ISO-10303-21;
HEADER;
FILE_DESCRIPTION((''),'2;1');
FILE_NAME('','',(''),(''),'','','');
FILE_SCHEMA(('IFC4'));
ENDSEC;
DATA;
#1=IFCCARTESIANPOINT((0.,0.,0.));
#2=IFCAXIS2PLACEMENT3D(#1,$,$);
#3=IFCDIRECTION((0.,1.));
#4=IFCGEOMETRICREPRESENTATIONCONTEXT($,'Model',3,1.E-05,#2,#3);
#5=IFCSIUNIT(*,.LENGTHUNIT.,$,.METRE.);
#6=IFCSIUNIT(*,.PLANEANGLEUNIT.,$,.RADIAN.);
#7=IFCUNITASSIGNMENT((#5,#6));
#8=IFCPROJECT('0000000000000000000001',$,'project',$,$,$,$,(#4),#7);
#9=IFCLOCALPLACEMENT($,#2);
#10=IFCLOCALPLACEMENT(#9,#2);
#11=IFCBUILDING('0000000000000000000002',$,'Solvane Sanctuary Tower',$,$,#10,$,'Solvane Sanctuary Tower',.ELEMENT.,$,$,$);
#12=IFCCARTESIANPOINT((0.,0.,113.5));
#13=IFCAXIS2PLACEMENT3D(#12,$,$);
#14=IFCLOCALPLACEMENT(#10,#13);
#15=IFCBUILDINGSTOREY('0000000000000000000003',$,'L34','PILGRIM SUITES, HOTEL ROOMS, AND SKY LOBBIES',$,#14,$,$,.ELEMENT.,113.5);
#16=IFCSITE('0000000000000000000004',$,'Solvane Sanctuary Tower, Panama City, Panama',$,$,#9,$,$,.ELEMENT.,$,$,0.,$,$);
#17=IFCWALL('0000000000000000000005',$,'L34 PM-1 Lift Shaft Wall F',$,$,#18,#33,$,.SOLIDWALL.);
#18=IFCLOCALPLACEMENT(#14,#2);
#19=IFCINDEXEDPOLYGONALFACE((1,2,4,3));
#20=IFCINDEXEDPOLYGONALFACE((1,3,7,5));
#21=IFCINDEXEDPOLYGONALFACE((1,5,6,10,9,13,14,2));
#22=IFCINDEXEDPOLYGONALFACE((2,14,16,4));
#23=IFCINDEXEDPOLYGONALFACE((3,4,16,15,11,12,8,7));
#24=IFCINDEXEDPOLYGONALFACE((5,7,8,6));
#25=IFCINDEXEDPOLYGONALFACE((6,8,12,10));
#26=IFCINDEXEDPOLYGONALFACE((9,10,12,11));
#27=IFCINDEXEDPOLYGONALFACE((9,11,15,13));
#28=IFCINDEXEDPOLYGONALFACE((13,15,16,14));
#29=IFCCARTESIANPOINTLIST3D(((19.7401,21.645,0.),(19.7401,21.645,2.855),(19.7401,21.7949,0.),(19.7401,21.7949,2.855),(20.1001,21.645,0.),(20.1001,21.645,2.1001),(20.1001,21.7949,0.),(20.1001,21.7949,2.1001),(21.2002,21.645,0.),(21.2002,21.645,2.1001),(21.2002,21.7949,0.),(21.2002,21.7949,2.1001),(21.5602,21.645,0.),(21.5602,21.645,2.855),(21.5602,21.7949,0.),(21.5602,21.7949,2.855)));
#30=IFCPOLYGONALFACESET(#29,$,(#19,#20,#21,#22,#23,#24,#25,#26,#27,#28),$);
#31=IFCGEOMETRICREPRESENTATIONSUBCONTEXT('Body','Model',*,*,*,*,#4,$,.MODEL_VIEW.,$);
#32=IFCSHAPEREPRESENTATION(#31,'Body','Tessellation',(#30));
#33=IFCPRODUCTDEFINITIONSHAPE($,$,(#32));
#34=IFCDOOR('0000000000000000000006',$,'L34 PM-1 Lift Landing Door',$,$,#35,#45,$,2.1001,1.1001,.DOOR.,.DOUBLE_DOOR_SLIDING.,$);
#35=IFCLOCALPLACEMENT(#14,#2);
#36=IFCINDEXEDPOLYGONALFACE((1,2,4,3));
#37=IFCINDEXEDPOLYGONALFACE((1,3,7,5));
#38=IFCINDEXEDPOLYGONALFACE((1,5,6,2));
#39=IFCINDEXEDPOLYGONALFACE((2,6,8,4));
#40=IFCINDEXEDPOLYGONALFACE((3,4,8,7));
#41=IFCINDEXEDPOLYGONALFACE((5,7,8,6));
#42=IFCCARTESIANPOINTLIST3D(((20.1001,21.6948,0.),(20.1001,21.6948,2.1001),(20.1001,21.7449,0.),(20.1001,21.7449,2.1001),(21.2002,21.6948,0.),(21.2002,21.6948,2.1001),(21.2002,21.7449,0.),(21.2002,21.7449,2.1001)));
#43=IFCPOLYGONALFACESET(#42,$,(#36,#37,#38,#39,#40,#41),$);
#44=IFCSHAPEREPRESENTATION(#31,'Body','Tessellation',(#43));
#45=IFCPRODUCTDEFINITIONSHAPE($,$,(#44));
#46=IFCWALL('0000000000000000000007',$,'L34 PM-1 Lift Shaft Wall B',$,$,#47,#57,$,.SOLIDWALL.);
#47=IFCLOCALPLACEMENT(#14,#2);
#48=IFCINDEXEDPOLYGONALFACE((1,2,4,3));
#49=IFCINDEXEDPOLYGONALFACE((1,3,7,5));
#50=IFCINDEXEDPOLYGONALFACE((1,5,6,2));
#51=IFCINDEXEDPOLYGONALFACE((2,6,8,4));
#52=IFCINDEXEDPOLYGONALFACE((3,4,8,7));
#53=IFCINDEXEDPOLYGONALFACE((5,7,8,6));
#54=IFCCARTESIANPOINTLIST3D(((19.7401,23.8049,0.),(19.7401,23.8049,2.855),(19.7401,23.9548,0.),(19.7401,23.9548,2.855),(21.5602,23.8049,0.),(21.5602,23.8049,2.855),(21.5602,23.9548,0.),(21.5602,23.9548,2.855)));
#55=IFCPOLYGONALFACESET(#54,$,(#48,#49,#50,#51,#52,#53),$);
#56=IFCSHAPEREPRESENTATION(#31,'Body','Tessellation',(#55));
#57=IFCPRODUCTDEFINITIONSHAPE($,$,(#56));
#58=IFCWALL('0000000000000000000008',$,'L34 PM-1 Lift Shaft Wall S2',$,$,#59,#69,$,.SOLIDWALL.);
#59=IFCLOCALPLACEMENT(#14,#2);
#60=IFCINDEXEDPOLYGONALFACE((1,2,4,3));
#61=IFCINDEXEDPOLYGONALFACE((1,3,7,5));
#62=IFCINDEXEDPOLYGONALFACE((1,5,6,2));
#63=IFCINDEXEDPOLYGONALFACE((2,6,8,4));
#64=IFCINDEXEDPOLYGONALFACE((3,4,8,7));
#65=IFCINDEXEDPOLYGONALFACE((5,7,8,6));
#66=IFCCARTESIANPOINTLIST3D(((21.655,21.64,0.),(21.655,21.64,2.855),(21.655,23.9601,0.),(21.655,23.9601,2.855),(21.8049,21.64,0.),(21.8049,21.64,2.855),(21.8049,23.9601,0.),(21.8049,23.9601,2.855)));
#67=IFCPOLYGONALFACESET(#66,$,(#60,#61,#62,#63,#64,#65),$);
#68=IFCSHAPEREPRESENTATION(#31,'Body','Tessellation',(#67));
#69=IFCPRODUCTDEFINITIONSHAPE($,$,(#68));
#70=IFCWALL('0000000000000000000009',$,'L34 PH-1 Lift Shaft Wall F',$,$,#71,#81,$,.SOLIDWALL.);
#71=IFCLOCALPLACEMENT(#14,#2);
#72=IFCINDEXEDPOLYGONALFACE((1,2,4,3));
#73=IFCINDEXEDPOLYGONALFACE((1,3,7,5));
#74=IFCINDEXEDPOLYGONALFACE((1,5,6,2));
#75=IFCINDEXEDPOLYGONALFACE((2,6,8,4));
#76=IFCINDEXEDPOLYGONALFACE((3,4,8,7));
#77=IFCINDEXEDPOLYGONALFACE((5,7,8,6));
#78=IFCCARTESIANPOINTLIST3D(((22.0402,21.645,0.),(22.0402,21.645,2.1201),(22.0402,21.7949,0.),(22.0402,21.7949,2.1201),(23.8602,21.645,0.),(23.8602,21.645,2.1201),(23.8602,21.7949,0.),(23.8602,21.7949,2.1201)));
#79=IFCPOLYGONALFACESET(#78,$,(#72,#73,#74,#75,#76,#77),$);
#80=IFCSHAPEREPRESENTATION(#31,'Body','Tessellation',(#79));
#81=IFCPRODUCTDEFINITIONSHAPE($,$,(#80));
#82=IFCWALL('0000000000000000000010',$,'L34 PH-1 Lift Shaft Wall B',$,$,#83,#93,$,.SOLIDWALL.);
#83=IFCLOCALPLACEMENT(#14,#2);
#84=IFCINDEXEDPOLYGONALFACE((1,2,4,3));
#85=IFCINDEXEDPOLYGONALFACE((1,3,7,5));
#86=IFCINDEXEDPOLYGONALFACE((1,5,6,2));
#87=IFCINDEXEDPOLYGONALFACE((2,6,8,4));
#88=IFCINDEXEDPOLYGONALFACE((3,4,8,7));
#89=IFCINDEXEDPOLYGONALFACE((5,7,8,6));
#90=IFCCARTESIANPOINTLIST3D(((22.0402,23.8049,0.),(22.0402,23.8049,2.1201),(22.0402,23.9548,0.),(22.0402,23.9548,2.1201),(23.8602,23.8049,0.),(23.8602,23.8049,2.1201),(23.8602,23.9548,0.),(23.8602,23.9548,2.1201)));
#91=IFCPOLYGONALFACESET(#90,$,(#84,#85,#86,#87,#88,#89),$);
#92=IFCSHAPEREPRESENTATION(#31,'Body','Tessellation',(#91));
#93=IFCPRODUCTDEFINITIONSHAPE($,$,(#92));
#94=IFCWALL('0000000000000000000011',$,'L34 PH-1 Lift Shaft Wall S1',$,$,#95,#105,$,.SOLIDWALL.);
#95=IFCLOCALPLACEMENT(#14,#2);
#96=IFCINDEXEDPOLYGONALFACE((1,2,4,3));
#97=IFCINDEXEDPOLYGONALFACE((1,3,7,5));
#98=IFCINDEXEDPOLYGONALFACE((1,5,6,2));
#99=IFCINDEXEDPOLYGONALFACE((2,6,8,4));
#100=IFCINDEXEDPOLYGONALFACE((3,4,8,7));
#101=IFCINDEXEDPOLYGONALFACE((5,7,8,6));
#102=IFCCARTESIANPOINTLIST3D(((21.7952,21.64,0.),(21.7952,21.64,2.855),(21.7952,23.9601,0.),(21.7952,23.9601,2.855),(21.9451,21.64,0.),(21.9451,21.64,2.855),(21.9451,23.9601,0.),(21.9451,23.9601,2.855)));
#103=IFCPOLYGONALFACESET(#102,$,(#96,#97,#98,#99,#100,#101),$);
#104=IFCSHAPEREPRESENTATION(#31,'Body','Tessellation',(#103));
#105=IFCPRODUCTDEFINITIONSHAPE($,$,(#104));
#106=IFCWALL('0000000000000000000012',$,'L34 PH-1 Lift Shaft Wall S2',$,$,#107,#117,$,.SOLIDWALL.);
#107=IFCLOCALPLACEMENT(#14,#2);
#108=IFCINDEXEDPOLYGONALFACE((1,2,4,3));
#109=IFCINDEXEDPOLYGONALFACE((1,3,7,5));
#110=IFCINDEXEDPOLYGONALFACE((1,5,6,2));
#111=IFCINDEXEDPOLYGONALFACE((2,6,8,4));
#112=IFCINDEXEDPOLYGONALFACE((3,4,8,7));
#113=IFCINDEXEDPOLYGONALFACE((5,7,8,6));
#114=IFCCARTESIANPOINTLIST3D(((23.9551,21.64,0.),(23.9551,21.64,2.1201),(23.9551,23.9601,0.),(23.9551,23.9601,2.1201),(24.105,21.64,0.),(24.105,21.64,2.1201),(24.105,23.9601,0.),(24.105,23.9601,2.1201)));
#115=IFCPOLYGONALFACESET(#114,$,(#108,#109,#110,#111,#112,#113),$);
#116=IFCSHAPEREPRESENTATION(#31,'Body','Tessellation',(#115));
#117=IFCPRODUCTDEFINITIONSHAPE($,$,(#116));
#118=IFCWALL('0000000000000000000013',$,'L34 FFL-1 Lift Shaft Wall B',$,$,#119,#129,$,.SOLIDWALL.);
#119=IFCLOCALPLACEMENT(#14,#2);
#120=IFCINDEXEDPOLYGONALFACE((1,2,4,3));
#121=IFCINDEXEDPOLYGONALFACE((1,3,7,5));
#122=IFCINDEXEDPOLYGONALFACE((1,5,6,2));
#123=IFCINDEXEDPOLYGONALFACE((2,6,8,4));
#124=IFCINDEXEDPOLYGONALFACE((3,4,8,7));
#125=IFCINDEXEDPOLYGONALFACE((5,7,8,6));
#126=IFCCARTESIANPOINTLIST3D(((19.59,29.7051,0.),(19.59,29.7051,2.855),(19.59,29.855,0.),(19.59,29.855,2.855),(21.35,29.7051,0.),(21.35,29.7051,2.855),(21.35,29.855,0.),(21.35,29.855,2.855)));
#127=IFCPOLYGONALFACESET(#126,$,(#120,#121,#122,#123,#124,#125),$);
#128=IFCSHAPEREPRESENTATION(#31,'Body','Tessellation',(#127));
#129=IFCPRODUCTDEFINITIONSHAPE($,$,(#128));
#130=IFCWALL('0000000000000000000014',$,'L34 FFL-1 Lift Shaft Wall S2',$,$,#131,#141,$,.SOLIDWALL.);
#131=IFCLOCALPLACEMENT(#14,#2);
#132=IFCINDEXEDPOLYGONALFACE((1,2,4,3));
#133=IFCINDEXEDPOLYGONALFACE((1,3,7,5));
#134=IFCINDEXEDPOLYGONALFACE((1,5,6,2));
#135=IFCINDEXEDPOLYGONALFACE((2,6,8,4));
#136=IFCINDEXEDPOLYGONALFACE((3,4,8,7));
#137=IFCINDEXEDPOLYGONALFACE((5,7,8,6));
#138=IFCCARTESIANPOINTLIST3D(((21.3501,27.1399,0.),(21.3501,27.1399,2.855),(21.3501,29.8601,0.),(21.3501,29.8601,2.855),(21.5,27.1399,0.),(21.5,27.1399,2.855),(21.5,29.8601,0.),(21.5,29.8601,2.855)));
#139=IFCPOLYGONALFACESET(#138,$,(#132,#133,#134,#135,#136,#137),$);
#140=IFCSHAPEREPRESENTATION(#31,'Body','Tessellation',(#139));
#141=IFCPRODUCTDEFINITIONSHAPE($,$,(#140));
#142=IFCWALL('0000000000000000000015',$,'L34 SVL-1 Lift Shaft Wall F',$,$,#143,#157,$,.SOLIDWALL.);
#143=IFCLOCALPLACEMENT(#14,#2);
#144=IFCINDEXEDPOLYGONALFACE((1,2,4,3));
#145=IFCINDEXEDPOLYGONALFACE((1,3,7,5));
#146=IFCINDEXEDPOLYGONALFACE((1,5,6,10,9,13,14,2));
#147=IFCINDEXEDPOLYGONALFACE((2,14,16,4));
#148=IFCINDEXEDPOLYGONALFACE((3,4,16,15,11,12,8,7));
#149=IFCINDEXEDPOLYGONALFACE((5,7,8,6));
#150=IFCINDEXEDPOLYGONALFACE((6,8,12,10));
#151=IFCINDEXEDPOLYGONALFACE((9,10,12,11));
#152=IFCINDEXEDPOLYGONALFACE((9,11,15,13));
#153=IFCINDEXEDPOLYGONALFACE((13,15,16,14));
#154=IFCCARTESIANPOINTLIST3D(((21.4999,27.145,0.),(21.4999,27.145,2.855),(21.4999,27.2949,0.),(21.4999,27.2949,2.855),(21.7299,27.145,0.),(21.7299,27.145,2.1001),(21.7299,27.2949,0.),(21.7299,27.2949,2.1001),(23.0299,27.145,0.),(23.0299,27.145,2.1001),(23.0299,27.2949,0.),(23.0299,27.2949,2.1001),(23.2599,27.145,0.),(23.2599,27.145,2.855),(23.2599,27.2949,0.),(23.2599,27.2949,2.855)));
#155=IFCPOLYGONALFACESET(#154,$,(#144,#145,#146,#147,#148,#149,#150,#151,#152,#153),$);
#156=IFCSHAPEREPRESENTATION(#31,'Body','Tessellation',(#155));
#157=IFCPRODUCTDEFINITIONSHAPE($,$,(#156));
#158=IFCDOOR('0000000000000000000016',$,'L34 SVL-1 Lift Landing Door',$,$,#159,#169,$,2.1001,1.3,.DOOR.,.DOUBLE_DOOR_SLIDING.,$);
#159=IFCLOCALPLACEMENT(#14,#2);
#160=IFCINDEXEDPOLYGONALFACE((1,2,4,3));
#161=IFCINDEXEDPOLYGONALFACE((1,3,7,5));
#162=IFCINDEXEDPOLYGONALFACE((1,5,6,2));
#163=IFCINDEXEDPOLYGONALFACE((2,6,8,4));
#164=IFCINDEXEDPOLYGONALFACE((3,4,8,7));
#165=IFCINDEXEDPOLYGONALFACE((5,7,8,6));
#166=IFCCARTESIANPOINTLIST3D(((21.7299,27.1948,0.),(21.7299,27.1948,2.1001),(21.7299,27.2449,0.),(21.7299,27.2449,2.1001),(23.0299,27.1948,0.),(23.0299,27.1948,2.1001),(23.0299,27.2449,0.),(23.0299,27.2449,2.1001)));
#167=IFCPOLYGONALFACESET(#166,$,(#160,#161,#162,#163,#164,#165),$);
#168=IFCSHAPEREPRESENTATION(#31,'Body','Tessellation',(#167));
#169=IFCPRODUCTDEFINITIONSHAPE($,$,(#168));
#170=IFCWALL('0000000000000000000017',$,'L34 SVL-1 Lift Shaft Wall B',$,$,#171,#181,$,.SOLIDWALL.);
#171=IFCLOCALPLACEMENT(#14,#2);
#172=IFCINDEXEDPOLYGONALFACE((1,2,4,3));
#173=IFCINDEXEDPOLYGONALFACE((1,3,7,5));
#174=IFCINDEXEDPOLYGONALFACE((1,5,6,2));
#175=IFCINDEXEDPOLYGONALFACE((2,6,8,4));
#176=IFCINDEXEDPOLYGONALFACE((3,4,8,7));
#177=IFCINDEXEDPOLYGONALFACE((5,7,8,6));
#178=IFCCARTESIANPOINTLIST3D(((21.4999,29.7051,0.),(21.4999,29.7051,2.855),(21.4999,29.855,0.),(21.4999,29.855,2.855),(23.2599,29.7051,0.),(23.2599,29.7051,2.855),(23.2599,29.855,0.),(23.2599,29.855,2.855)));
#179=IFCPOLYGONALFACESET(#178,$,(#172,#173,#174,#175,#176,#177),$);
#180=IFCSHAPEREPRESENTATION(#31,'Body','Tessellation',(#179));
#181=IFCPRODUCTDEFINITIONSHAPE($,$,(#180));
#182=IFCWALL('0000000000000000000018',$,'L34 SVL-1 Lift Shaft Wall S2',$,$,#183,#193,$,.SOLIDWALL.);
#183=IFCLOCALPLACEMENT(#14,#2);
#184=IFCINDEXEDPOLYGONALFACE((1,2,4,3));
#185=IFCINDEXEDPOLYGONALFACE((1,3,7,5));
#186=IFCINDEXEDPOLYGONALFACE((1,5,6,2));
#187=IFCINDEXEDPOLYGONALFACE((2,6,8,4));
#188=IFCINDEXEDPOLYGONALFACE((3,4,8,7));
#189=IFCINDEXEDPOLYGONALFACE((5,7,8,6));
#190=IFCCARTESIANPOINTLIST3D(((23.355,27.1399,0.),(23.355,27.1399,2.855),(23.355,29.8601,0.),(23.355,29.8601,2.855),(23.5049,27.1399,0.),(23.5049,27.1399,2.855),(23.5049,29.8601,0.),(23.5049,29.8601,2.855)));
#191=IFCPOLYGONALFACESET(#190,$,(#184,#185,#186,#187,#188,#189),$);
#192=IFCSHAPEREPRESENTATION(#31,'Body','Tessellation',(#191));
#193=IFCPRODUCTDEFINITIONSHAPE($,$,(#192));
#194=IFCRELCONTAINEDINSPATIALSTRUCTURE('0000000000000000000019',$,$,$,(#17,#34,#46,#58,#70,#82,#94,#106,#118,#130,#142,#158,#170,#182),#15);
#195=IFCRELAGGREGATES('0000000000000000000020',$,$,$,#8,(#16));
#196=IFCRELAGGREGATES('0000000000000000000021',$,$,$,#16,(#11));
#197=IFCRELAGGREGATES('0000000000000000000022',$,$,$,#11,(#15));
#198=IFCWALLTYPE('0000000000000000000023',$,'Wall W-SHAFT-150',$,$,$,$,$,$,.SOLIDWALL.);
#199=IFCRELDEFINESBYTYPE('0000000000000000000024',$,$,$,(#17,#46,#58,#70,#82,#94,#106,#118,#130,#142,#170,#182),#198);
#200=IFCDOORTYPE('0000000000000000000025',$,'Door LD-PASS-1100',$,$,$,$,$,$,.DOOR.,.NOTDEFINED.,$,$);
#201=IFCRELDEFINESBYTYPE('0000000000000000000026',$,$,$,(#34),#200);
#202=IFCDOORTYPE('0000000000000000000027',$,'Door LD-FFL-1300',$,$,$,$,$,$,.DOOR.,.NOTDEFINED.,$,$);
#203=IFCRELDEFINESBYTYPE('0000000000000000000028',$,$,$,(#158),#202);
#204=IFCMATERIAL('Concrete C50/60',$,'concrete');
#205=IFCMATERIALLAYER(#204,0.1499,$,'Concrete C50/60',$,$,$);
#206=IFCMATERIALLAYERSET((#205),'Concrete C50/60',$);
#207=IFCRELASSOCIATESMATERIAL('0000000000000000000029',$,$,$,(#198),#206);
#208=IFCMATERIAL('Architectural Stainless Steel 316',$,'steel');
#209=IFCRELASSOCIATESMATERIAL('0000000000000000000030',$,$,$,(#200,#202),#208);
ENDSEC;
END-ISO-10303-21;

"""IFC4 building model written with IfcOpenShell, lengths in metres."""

from ifc_helpers import new_model, si_unit, direction, frame, frame_2d, origin, place, context, subcontext, project, spatial, rectangle, extrude, material, layer, layer_set, type_object, element, fill, save


model = new_model("IFC4")

# Units and contexts
model_context = context("Model", 3, precision=1e-05, world=origin(), true_north=direction((0.0, 1.0)))
body_context = subcontext(model_context, "Body", "Model", "MODEL_VIEW")
ifc_project = project(units=[si_unit("LENGTHUNIT", "METRE"), si_unit("PLANEANGLEUNIT", "RADIAN")], contexts=[model_context])

# Site, building, storey
site_placement = place(None, origin())
site = spatial("IfcSite", under=ifc_project, at=site_placement, Name="Solvane Sanctuary Tower, Panama City, Panama", CompositionType="ELEMENT", RefElevation=0.0)
building_placement = place(site_placement, origin())
building = spatial("IfcBuilding", under=site, at=building_placement, Name="Solvane Sanctuary Tower", LongName="Solvane Sanctuary Tower", CompositionType="ELEMENT")
storey_placement = place(building_placement, frame((0.0, 0.0, 113.5)))
storey = spatial("IfcBuildingStorey", under=building, at=storey_placement, Name="L34", Description="PILGRIM SUITES, HOTEL ROOMS, AND SKY LOBBIES", CompositionType="ELEMENT", Elevation=113.5)

# Shared definitions
ifc_material_1 = material(Name="Architectural Stainless Steel 316", Category="steel")

# Wall, opening, door
ifc_material_2 = material(Name="Concrete C50/60", Category="concrete")
ifc_layer_1 = layer(ifc_material_2, 0.1499, Name="Concrete C50/60")
ifc_layer_set_1 = layer_set([ifc_layer_1], Name="Concrete C50/60")
wall_type_1 = type_object("IfcWallType", Name="Wall W-SHAFT-150", PredefinedType="SOLIDWALL", material=ifc_layer_set_1)
wall_1_placement = place(storey_placement, frame((19.74, 21.72, 0.0), z_axis=(0.0, 0.0, 1.0), x_axis=(1.0, 0.0, 0.0)))
wall_1 = element("IfcWall", 1, at=wall_1_placement, inside=storey, type_object=wall_type_1, Name="L34 PM-1 Lift Shaft Wall F", PredefinedType="SOLIDWALL", context=body_context, shape_type="SweptSolid", body=[
    extrude(rectangle(XDim=1.8201, YDim=0.1499, at=frame_2d((0.9102, 0.0))), origin(), (0.0, 0.0, 1.0), 2.855),
])
opening_1_placement = place(wall_1_placement, frame((0.3601, 0.0, 0.0)))
opening_1 = element("IfcOpeningElement", 2, at=opening_1_placement, cuts=wall_1, PredefinedType="OPENING", context=body_context, shape_type="SweptSolid", body=[
    extrude(rectangle(XDim=1.1001, YDim=2.1001, at=frame_2d((0.55, 1.05))), frame((0.0, 0.085, 0.0), z_axis=(0.0, -1.0, 0.0), x_axis=(1.0, 0.0, 0.0)), (0.0, 0.0, 1.0), 0.1699),
])
door_type_1 = type_object("IfcDoorType", Name="Door LD-PASS-1100", OperationType="NOTDEFINED", PredefinedType="DOOR", material=ifc_material_1)
door_1_placement = place(opening_1_placement, origin())
door_1 = element("IfcDoor", 3, at=door_1_placement, inside=storey, type_object=door_type_1, Name="L34 PM-1 Lift Landing Door", OperationType="DOUBLE_DOOR_SLIDING", OverallHeight=2.1001, OverallWidth=1.1001, PredefinedType="DOOR", context=body_context, shape_type="SweptSolid", body=[
    extrude(rectangle(XDim=1.1001, YDim=2.1001, at=frame_2d((0.55, 1.05))), frame((0.0, 0.0249, 0.0), z_axis=(0.0, -1.0, 0.0), x_axis=(1.0, 0.0, 0.0)), (0.0, 0.0, 1.0), 0.05),
])
fill(opening_1, door_1)

# Walls
wall_2_placement = place(storey_placement, frame((19.74, 23.8799, 0.0), z_axis=(0.0, 0.0, 1.0), x_axis=(1.0, 0.0, 0.0)))
element("IfcWall", 4, at=wall_2_placement, inside=storey, type_object=wall_type_1, Name="L34 PM-1 Lift Shaft Wall B", PredefinedType="SOLIDWALL", context=body_context, shape_type="SweptSolid", body=[
    extrude(rectangle(XDim=1.8201, YDim=0.1499, at=frame_2d((0.9102, 0.0))), origin(), (0.0, 0.0, 1.0), 2.855),
])
wall_3_placement = place(storey_placement, frame((21.73, 21.6399, 0.0), z_axis=(0.0, 0.0, 1.0), x_axis=(0.0, 1.0, 0.0)))
element("IfcWall", 5, at=wall_3_placement, inside=storey, type_object=wall_type_1, Name="L34 PM-1 Lift Shaft Wall S2", PredefinedType="SOLIDWALL", context=body_context, shape_type="SweptSolid", body=[
    extrude(rectangle(XDim=2.3201, YDim=0.1499, at=frame_2d((1.1602, 0.0))), origin(), (0.0, 0.0, 1.0), 2.855),
])
for number, where, z_axis, x_axis, name in (
    (6, (22.04, 21.72, 0.0), (0.0, 0.0, 1.0), (1.0, 0.0, 0.0), "L34 PH-1 Lift Shaft Wall F"),
    (7, (22.04, 23.8799, 0.0), (0.0, 0.0, 1.0), (1.0, 0.0, 0.0), "L34 PH-1 Lift Shaft Wall B"),
):
    element("IfcWall", number, at=place(storey_placement, frame(where, z_axis=z_axis, x_axis=x_axis)), inside=storey, type_object=wall_type_1, Name=name, PredefinedType="SOLIDWALL", context=body_context, shape_type="SweptSolid", body=[
        extrude(rectangle(XDim=1.8201, YDim=0.1499, at=frame_2d((0.9102, 0.0))), origin(), (0.0, 0.0, 1.0), 2.1201),
    ])
wall_4_placement = place(storey_placement, frame((21.8701, 21.6399, 0.0), z_axis=(0.0, 0.0, 1.0), x_axis=(0.0, 1.0, 0.0)))
element("IfcWall", 8, at=wall_4_placement, inside=storey, type_object=wall_type_1, Name="L34 PH-1 Lift Shaft Wall S1", PredefinedType="SOLIDWALL", context=body_context, shape_type="SweptSolid", body=[
    extrude(rectangle(XDim=2.3201, YDim=0.1499, at=frame_2d((1.1602, 0.0))), origin(), (0.0, 0.0, 1.0), 2.855),
])
wall_5_placement = place(storey_placement, frame((24.03, 21.6399, 0.0), z_axis=(0.0, 0.0, 1.0), x_axis=(0.0, 1.0, 0.0)))
element("IfcWall", 9, at=wall_5_placement, inside=storey, type_object=wall_type_1, Name="L34 PH-1 Lift Shaft Wall S2", PredefinedType="SOLIDWALL", context=body_context, shape_type="SweptSolid", body=[
    extrude(rectangle(XDim=2.3201, YDim=0.1499, at=frame_2d((1.1602, 0.0))), origin(), (0.0, 0.0, 1.0), 2.1201),
])
wall_6_placement = place(storey_placement, frame((19.5901, 29.78, 0.0), z_axis=(0.0, 0.0, 1.0), x_axis=(1.0, 0.0, 0.0)))
element("IfcWall", 10, at=wall_6_placement, inside=storey, type_object=wall_type_1, Name="L34 FFL-1 Lift Shaft Wall B", PredefinedType="SOLIDWALL", context=body_context, shape_type="SweptSolid", body=[
    extrude(rectangle(XDim=1.76, YDim=0.1499, at=frame_2d((0.8799, 0.0))), origin(), (0.0, 0.0, 1.0), 2.855),
])
wall_7_placement = place(storey_placement, frame((21.425, 27.1399, 0.0), z_axis=(0.0, 0.0, 1.0), x_axis=(0.0, 1.0, 0.0)))
element("IfcWall", 11, at=wall_7_placement, inside=storey, type_object=wall_type_1, Name="L34 FFL-1 Lift Shaft Wall S2", PredefinedType="SOLIDWALL", context=body_context, shape_type="SweptSolid", body=[
    extrude(rectangle(XDim=2.7202, YDim=0.1499, at=frame_2d((1.3601, 0.0))), origin(), (0.0, 0.0, 1.0), 2.855),
])

# Wall, opening, door
wall_8_placement = place(storey_placement, frame((21.5, 27.22, 0.0), z_axis=(0.0, 0.0, 1.0), x_axis=(1.0, 0.0, 0.0)))
wall_8 = element("IfcWall", 12, at=wall_8_placement, inside=storey, type_object=wall_type_1, Name="L34 SVL-1 Lift Shaft Wall F", PredefinedType="SOLIDWALL", context=body_context, shape_type="SweptSolid", body=[
    extrude(rectangle(XDim=1.76, YDim=0.1499, at=frame_2d((0.8799, 0.0))), origin(), (0.0, 0.0, 1.0), 2.855),
])
opening_2_placement = place(wall_8_placement, frame((0.23, 0.0, 0.0)))
opening_2 = element("IfcOpeningElement", 13, at=opening_2_placement, cuts=wall_8, PredefinedType="OPENING", context=body_context, shape_type="SweptSolid", body=[
    extrude(rectangle(XDim=1.3, YDim=2.1001, at=frame_2d((0.6499, 1.05))), frame((0.0, 0.085, 0.0), z_axis=(0.0, -1.0, 0.0), x_axis=(1.0, 0.0, 0.0)), (0.0, 0.0, 1.0), 0.1699),
])
door_type_2 = type_object("IfcDoorType", Name="Door LD-FFL-1300", OperationType="NOTDEFINED", PredefinedType="DOOR", material=ifc_material_1)
door_2_placement = place(opening_2_placement, origin())
door_2 = element("IfcDoor", 14, at=door_2_placement, inside=storey, type_object=door_type_2, Name="L34 SVL-1 Lift Landing Door", OperationType="DOUBLE_DOOR_SLIDING", OverallHeight=2.1001, OverallWidth=1.3, PredefinedType="DOOR", context=body_context, shape_type="SweptSolid", body=[
    extrude(rectangle(XDim=1.3, YDim=2.1001, at=frame_2d((0.6499, 1.05))), frame((0.0, 0.0249, 0.0), z_axis=(0.0, -1.0, 0.0), x_axis=(1.0, 0.0, 0.0)), (0.0, 0.0, 1.0), 0.05),
])
fill(opening_2, door_2)

# Walls
wall_9_placement = place(storey_placement, frame((21.5, 29.78, 0.0), z_axis=(0.0, 0.0, 1.0), x_axis=(1.0, 0.0, 0.0)))
element("IfcWall", 15, at=wall_9_placement, inside=storey, type_object=wall_type_1, Name="L34 SVL-1 Lift Shaft Wall B", PredefinedType="SOLIDWALL", context=body_context, shape_type="SweptSolid", body=[
    extrude(rectangle(XDim=1.76, YDim=0.1499, at=frame_2d((0.8799, 0.0))), origin(), (0.0, 0.0, 1.0), 2.855),
])
wall_10_placement = place(storey_placement, frame((23.4299, 27.1399, 0.0), z_axis=(0.0, 0.0, 1.0), x_axis=(0.0, 1.0, 0.0)))
element("IfcWall", 16, at=wall_10_placement, inside=storey, type_object=wall_type_1, Name="L34 SVL-1 Lift Shaft Wall S2", PredefinedType="SOLIDWALL", context=body_context, shape_type="SweptSolid", body=[
    extrude(rectangle(XDim=2.7202, YDim=0.1499, at=frame_2d((1.3601, 0.0))), origin(), (0.0, 0.0, 1.0), 2.855),
])

save(model, "model.ifc")
